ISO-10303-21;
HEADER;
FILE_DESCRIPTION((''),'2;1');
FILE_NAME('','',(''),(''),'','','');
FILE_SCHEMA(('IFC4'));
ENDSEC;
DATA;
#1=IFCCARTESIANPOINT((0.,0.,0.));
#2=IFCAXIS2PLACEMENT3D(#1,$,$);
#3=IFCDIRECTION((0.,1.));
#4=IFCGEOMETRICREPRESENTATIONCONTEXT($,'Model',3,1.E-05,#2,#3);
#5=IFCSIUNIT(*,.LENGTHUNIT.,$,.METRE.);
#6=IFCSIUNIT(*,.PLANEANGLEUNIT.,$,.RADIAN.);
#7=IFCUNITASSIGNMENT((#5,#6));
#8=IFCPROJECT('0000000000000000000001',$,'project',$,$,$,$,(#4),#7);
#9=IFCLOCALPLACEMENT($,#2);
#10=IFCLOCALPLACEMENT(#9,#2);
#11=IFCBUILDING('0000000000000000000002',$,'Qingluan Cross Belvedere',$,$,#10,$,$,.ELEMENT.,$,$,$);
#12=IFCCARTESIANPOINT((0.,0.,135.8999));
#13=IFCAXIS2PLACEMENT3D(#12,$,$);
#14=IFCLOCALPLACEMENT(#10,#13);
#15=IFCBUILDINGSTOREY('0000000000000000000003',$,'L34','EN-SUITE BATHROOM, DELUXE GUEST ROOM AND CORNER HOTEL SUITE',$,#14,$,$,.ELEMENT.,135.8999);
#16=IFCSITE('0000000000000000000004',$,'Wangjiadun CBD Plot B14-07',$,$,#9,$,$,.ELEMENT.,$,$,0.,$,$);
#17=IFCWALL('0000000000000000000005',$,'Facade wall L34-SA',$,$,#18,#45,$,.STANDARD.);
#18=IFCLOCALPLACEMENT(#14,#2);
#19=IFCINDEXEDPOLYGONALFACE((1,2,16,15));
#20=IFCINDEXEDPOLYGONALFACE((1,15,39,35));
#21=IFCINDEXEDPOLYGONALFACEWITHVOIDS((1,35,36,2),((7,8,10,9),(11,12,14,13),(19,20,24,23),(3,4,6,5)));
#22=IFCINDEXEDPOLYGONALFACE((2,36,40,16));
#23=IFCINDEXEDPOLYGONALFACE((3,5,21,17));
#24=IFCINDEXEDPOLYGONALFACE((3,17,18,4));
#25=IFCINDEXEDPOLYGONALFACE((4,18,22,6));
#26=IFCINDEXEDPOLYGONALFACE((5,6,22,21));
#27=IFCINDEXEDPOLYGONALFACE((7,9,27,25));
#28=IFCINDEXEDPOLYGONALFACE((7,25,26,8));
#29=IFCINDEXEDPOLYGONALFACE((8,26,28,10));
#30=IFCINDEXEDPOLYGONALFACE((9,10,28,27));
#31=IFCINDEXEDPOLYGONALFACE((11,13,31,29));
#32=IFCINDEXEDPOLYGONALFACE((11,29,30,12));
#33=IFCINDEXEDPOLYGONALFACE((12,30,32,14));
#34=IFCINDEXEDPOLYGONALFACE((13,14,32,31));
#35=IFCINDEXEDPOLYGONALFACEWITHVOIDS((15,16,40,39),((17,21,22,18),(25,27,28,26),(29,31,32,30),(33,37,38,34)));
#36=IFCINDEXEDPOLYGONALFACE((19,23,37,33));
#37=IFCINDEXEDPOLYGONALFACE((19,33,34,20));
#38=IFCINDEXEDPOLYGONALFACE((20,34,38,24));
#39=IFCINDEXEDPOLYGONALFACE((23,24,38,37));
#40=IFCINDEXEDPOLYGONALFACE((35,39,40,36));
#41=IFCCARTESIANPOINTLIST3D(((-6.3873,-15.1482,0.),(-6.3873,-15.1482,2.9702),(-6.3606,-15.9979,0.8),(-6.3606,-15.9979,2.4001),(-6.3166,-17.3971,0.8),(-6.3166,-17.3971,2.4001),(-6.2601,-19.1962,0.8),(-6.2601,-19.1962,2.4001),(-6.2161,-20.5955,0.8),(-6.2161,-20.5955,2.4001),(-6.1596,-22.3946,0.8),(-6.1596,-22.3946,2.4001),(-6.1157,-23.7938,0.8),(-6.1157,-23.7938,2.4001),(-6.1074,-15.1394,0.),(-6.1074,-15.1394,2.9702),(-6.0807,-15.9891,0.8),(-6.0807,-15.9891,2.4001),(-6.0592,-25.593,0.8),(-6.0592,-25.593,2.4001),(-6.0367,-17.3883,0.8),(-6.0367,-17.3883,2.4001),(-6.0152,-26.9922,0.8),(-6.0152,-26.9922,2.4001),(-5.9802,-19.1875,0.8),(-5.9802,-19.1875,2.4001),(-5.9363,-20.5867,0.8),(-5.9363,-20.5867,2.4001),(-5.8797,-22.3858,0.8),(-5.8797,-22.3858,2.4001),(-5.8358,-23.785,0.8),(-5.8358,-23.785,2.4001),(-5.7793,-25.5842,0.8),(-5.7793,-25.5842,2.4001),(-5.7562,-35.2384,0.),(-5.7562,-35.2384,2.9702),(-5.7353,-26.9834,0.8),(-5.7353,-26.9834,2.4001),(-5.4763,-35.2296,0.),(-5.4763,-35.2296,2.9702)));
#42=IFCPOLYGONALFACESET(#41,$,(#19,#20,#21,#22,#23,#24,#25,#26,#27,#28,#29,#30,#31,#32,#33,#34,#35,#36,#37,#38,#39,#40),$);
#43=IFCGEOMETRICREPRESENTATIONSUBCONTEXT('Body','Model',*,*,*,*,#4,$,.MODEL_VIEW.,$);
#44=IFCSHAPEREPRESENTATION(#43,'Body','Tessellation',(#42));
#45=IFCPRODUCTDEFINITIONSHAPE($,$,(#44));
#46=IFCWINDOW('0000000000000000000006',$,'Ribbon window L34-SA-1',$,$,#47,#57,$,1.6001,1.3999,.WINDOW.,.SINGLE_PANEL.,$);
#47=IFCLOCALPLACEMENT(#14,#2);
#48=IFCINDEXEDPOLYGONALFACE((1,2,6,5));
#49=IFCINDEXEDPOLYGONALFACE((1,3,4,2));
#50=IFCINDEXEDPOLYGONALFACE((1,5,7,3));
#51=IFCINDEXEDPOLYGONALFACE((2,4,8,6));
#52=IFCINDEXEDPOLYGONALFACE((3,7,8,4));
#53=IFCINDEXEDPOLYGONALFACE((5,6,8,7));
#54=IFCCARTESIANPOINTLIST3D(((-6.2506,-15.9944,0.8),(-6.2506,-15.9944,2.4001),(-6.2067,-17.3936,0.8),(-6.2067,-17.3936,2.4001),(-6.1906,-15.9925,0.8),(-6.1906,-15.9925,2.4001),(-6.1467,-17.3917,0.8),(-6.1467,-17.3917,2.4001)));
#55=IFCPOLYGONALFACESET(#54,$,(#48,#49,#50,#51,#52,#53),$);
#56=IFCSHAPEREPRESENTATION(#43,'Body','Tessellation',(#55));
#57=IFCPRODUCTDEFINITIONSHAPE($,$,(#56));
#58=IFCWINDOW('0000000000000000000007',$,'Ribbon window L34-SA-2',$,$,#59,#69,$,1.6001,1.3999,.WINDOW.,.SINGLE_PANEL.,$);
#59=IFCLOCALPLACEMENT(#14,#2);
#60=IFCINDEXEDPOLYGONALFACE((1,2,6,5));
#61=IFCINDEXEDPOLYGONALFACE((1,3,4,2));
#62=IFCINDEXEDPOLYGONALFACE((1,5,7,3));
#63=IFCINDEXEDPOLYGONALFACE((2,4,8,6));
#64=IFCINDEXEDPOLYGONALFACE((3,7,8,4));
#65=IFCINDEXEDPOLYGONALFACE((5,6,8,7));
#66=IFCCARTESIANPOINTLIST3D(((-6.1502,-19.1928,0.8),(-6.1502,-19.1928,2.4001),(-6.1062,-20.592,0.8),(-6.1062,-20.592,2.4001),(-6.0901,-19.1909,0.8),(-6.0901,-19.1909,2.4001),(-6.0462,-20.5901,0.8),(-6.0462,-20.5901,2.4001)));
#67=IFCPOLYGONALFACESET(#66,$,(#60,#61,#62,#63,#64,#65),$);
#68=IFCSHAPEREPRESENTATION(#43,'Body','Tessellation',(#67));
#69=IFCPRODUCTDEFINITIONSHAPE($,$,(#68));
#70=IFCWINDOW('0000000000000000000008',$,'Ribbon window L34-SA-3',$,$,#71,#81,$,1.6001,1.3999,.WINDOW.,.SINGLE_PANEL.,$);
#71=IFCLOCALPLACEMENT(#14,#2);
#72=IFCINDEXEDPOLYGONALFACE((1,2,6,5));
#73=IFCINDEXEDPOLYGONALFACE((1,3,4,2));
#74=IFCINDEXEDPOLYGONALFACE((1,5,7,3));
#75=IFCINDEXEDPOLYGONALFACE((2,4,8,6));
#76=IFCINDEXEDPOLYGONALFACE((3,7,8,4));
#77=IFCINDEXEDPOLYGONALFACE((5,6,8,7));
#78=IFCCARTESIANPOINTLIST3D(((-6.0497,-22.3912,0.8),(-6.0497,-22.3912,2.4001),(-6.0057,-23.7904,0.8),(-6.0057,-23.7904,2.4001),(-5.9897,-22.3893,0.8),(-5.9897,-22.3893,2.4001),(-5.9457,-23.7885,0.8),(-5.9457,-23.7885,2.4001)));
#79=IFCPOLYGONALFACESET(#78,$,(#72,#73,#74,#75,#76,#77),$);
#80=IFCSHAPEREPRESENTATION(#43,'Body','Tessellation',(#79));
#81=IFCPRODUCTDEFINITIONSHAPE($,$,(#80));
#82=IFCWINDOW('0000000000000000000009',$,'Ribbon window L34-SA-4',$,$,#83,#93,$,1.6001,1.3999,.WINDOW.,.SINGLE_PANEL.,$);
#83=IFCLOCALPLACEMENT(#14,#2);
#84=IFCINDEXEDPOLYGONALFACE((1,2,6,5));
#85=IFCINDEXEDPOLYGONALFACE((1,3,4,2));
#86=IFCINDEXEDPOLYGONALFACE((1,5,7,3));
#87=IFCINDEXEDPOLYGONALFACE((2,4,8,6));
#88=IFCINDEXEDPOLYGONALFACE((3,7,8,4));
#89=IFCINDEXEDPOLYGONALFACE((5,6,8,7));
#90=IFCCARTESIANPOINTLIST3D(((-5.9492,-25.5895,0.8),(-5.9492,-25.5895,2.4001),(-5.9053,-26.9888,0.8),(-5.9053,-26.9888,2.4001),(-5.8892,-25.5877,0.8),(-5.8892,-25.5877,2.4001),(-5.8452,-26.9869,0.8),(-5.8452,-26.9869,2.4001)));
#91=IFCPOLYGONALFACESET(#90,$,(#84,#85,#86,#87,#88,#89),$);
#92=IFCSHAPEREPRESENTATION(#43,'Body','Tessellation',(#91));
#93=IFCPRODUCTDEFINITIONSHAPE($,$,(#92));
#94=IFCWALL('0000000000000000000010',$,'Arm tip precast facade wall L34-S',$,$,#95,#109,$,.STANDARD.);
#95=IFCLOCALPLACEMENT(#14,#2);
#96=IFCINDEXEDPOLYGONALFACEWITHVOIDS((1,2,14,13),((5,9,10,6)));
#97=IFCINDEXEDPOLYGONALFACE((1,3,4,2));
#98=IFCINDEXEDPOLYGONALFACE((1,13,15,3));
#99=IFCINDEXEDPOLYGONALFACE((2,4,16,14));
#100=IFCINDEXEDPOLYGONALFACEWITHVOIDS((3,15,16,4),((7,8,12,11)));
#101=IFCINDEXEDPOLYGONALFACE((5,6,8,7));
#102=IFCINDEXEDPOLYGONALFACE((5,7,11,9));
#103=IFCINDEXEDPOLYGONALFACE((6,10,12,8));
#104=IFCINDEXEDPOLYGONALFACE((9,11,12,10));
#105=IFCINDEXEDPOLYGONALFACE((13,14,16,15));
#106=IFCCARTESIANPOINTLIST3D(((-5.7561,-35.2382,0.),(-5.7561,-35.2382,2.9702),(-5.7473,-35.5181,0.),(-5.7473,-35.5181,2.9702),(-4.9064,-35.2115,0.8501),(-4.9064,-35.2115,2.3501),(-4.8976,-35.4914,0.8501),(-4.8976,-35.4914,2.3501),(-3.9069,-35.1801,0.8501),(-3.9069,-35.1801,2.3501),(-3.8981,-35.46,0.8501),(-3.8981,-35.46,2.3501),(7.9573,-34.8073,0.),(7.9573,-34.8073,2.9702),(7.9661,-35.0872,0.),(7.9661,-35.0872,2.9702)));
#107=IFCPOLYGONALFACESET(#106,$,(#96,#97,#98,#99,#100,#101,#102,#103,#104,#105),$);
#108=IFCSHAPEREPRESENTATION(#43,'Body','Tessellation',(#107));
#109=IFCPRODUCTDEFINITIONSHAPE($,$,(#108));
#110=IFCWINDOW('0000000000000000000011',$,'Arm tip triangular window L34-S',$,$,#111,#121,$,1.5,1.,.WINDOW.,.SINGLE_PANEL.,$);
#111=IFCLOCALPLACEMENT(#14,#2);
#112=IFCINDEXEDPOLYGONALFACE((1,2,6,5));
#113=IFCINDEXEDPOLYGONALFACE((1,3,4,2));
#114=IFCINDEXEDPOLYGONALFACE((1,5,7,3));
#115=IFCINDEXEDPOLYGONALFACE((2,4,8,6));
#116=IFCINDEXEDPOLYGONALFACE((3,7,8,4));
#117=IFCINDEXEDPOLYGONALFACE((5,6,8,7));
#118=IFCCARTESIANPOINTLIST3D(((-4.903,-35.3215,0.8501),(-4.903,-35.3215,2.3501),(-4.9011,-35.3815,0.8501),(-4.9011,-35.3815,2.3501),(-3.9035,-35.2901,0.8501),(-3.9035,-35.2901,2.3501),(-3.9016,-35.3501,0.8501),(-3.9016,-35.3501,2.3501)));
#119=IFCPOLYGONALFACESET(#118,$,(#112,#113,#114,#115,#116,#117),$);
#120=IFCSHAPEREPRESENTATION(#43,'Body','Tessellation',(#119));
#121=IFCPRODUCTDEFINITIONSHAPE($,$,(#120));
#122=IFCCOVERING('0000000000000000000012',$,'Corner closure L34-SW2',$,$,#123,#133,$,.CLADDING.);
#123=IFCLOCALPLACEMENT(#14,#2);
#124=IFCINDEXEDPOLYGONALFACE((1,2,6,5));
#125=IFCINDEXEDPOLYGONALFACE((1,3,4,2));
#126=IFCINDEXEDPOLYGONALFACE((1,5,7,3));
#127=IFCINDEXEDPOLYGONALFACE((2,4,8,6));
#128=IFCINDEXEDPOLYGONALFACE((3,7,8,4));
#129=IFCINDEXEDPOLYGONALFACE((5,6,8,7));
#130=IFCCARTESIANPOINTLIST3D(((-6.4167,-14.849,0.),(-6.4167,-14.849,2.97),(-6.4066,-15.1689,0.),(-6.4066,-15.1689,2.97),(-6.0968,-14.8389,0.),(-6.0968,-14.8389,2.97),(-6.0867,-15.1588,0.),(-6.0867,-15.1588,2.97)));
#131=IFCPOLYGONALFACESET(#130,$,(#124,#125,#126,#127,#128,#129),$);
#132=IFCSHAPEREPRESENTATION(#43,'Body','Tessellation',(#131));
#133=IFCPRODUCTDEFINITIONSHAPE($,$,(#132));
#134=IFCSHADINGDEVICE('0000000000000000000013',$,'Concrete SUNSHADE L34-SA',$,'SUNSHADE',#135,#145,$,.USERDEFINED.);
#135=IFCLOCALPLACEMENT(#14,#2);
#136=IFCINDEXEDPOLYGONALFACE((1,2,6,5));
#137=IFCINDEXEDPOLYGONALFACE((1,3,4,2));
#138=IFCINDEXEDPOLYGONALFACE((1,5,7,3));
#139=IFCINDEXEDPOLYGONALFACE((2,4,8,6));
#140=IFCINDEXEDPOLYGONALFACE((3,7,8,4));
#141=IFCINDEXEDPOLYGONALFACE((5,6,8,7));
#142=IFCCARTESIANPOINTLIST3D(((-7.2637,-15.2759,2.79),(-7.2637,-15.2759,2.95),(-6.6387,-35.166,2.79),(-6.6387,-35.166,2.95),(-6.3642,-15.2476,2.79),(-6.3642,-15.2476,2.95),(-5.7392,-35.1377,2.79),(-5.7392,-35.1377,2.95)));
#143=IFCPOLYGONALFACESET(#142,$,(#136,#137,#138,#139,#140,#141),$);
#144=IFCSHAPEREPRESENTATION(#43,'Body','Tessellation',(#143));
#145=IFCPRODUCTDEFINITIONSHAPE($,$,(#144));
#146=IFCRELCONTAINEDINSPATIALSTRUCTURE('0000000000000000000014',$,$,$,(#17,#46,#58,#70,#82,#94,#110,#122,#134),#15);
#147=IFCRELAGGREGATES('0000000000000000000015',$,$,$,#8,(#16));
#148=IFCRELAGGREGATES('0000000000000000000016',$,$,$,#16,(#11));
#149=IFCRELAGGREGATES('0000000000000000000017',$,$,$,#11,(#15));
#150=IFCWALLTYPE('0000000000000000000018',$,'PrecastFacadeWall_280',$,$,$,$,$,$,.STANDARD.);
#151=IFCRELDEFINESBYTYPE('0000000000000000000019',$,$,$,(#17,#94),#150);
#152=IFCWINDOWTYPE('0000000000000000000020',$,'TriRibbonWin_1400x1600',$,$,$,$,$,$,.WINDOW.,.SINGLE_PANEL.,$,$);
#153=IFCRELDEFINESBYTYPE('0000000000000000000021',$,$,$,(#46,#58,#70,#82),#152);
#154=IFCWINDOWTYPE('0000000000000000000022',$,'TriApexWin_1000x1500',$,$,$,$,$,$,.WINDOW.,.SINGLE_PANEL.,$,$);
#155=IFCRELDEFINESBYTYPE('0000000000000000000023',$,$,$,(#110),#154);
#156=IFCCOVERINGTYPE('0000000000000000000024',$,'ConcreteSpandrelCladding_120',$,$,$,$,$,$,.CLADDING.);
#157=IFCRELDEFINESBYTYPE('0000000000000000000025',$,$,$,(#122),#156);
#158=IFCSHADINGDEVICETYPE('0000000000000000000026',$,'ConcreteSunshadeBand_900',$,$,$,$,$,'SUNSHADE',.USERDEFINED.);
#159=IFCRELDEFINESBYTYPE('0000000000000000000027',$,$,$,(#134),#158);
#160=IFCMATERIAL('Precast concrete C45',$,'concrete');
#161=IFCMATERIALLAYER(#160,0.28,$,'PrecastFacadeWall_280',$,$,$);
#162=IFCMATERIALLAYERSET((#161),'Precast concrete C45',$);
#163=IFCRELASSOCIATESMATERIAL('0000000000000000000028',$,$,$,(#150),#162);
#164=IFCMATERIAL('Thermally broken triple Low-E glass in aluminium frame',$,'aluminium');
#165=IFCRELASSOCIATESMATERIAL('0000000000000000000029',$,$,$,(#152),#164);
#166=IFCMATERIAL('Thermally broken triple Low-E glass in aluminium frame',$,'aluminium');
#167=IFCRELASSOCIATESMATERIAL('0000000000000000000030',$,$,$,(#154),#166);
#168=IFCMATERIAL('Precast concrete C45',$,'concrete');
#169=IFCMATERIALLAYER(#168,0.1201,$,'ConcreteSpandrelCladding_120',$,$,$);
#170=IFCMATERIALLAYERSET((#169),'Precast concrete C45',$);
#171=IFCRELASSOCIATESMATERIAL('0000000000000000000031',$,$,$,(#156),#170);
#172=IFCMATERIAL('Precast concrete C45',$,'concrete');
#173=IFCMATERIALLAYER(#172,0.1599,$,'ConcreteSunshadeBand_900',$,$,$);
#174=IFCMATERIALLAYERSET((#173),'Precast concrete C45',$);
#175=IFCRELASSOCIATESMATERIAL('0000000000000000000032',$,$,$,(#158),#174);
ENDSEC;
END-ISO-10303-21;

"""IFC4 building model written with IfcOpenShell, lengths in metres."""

from ifc_helpers import new_model, si_unit, direction, frame, frame_2d, origin, origin_2d, place, context, subcontext, project, spatial, rectangle, extrude, material, layer, layer_set, type_object, element, fill, save


model = new_model("IFC4")

# Units and contexts
model_context = context("Model", 3, precision=1e-05, world=origin(), true_north=direction((0.0, 1.0)))
body_context = subcontext(model_context, "Body", "Model", "MODEL_VIEW")
ifc_project = project(units=[si_unit("LENGTHUNIT", "METRE"), si_unit("PLANEANGLEUNIT", "RADIAN")], contexts=[model_context])

# Site, building, storey
site_placement = place(None, origin())
site = spatial("IfcSite", under=ifc_project, at=site_placement, Name="Wangjiadun CBD Plot B14-07", CompositionType="ELEMENT", RefElevation=0.0)
building_placement = place(site_placement, origin())
building = spatial("IfcBuilding", under=site, at=building_placement, Name="Qingluan Cross Belvedere", CompositionType="ELEMENT")
storey_placement = place(building_placement, frame((0.0, 0.0, 135.8999)))
storey = spatial("IfcBuildingStorey", under=building, at=storey_placement, Name="L34", Description="EN-SUITE BATHROOM, DELUXE GUEST ROOM AND CORNER HOTEL SUITE", CompositionType="ELEMENT", Elevation=135.8999)

# Wall, openings, windows
ifc_material_1 = material(Name="Precast concrete C45", Category="concrete")
ifc_layer_1 = layer(ifc_material_1, 0.28, Name="PrecastFacadeWall_280")
ifc_layer_set_1 = layer_set([ifc_layer_1], Name="Precast concrete C45")
wall_type_1 = type_object("IfcWallType", Name="PrecastFacadeWall_280", PredefinedType="STANDARD", material=ifc_layer_set_1)
wall_1_placement = place(storey_placement, frame((-6.2473, -15.1438, 0.0), z_axis=(0.0, 0.0, 1.0), x_axis=(0.031398, -0.999507, 0.0)))
wall_1 = element("IfcWall", 1, at=wall_1_placement, inside=storey, type_object=wall_type_1, Name="Facade wall L34-SA", PredefinedType="STANDARD", context=body_context, shape_type="SweptSolid", body=[
    extrude(rectangle(XDim=20.1001, YDim=0.28, at=frame_2d((10.05, 0.0))), origin(), (0.0, 0.0, 1.0), 2.9702),
])
opening_1_placement = place(wall_1_placement, frame((0.8501, 0.0, 0.8)))
opening_1 = element("IfcOpeningElement", 2, at=opening_1_placement, cuts=wall_1, PredefinedType="OPENING", context=body_context, shape_type="SweptSolid", body=[
    extrude(rectangle(XDim=1.3999, YDim=1.6001, at=frame_2d((0.7, 0.8))), frame((0.0, 0.1499, 0.0), z_axis=(0.0, -1.0, 0.0), x_axis=(1.0, 0.0, 0.0)), (0.0, 0.0, 1.0), 0.3),
])
opening_2_placement = place(wall_1_placement, frame((4.05, 0.0, 0.8)))
opening_2 = element("IfcOpeningElement", 3, at=opening_2_placement, cuts=wall_1, PredefinedType="OPENING", context=body_context, shape_type="SweptSolid", body=[
    extrude(rectangle(XDim=1.3999, YDim=1.6001, at=frame_2d((0.7, 0.8))), frame((0.0, 0.1499, 0.0), z_axis=(0.0, -1.0, 0.0), x_axis=(1.0, 0.0, 0.0)), (0.0, 0.0, 1.0), 0.3),
])
opening_3_placement = place(wall_1_placement, frame((7.25, 0.0, 0.8)))
opening_3 = element("IfcOpeningElement", 4, at=opening_3_placement, cuts=wall_1, PredefinedType="OPENING", context=body_context, shape_type="SweptSolid", body=[
    extrude(rectangle(XDim=1.3999, YDim=1.6001, at=frame_2d((0.7, 0.8))), frame((0.0, 0.1499, 0.0), z_axis=(0.0, -1.0, 0.0), x_axis=(1.0, 0.0, 0.0)), (0.0, 0.0, 1.0), 0.3),
])
opening_4_placement = place(wall_1_placement, frame((10.45, 0.0, 0.8)))
opening_4 = element("IfcOpeningElement", 5, at=opening_4_placement, cuts=wall_1, PredefinedType="OPENING", context=body_context, shape_type="SweptSolid", body=[
    extrude(rectangle(XDim=1.3999, YDim=1.6001, at=frame_2d((0.7, 0.8))), frame((0.0, 0.1499, 0.0), z_axis=(0.0, -1.0, 0.0), x_axis=(1.0, 0.0, 0.0)), (0.0, 0.0, 1.0), 0.3),
])
ifc_material_2 = material(Name="Thermally broken triple Low-E glass in aluminium frame", Category="aluminium")
window_type_1 = type_object("IfcWindowType", Name="TriRibbonWin_1400x1600", PartitioningType="SINGLE_PANEL", PredefinedType="WINDOW", material=ifc_material_2)
window_1_placement = place(opening_1_placement, origin())
window_1 = element("IfcWindow", 6, at=window_1_placement, inside=storey, type_object=window_type_1, Name="Ribbon window L34-SA-1", OverallHeight=1.6001, OverallWidth=1.3999, PartitioningType="SINGLE_PANEL", PredefinedType="WINDOW", context=body_context, shape_type="SweptSolid", body=[
    extrude(rectangle(XDim=1.3999, YDim=1.6001, at=frame_2d((0.7, 0.8))), frame((0.0, 0.03, 0.0), z_axis=(0.0, -1.0, 0.0), x_axis=(1.0, 0.0, 0.0)), (0.0, 0.0, 1.0), 0.0601),
])
fill(opening_1, window_1)
window_2_placement = place(opening_2_placement, origin())
window_2 = element("IfcWindow", 7, at=window_2_placement, inside=storey, type_object=window_type_1, Name="Ribbon window L34-SA-2", OverallHeight=1.6001, OverallWidth=1.3999, PartitioningType="SINGLE_PANEL", PredefinedType="WINDOW", context=body_context, shape_type="SweptSolid", body=[
    extrude(rectangle(XDim=1.3999, YDim=1.6001, at=frame_2d((0.7, 0.8))), frame((0.0, 0.03, 0.0), z_axis=(0.0, -1.0, 0.0), x_axis=(1.0, 0.0, 0.0)), (0.0, 0.0, 1.0), 0.0601),
])
fill(opening_2, window_2)
window_3_placement = place(opening_3_placement, origin())
window_3 = element("IfcWindow", 8, at=window_3_placement, inside=storey, type_object=window_type_1, Name="Ribbon window L34-SA-3", OverallHeight=1.6001, OverallWidth=1.3999, PartitioningType="SINGLE_PANEL", PredefinedType="WINDOW", context=body_context, shape_type="SweptSolid", body=[
    extrude(rectangle(XDim=1.3999, YDim=1.6001, at=frame_2d((0.7, 0.8))), frame((0.0, 0.03, 0.0), z_axis=(0.0, -1.0, 0.0), x_axis=(1.0, 0.0, 0.0)), (0.0, 0.0, 1.0), 0.0601),
])
fill(opening_3, window_3)
window_4_placement = place(opening_4_placement, origin())
window_4 = element("IfcWindow", 9, at=window_4_placement, inside=storey, type_object=window_type_1, Name="Ribbon window L34-SA-4", OverallHeight=1.6001, OverallWidth=1.3999, PartitioningType="SINGLE_PANEL", PredefinedType="WINDOW", context=body_context, shape_type="SweptSolid", body=[
    extrude(rectangle(XDim=1.3999, YDim=1.6001, at=frame_2d((0.7, 0.8))), frame((0.0, 0.03, 0.0), z_axis=(0.0, -1.0, 0.0), x_axis=(1.0, 0.0, 0.0)), (0.0, 0.0, 1.0), 0.0601),
])
fill(opening_4, window_4)

# Wall, opening, window
wall_2_placement = place(storey_placement, frame((-5.7517, -35.3782, 0.0), z_axis=(0.0, 0.0, 1.0), x_axis=(0.999507, 0.031407, 0.0)))
wall_2 = element("IfcWall", 10, at=wall_2_placement, inside=storey, type_object=wall_type_1, Name="Arm tip precast facade wall L34-S", PredefinedType="STANDARD", context=body_context, shape_type="SweptSolid", body=[
    extrude(rectangle(XDim=13.7202, YDim=0.28, at=frame_2d((6.8601, 0.0))), origin(), (0.0, 0.0, 1.0), 2.9702),
])
opening_5_placement = place(wall_2_placement, frame((0.8501, 0.0, 0.8501)))
opening_5 = element("IfcOpeningElement", 11, at=opening_5_placement, cuts=wall_2, PredefinedType="OPENING", context=body_context, shape_type="SweptSolid", body=[
    extrude(rectangle(XDim=1.0, YDim=1.5, at=frame_2d((0.5, 0.75))), frame((0.0, 0.1499, 0.0), z_axis=(0.0, -1.0, 0.0), x_axis=(1.0, 0.0, 0.0)), (0.0, 0.0, 1.0), 0.3),
])
ifc_material_3 = material(Name="Thermally broken triple Low-E glass in aluminium frame", Category="aluminium")
window_type_2 = type_object("IfcWindowType", Name="TriApexWin_1000x1500", PartitioningType="SINGLE_PANEL", PredefinedType="WINDOW", material=ifc_material_3)
window_5_placement = place(opening_5_placement, origin())
window_5 = element("IfcWindow", 12, at=window_5_placement, inside=storey, type_object=window_type_2, Name="Arm tip triangular window L34-S", OverallHeight=1.5, OverallWidth=1.0, PartitioningType="SINGLE_PANEL", PredefinedType="WINDOW", context=body_context, shape_type="SweptSolid", body=[
    extrude(rectangle(XDim=1.0, YDim=1.5, at=frame_2d((0.5, 0.75))), frame((0.0, 0.03, 0.0), z_axis=(0.0, -1.0, 0.0), x_axis=(1.0, 0.0, 0.0)), (0.0, 0.0, 1.0), 0.0601),
])
fill(opening_5, window_5)

# Covering
ifc_material_4 = material(Name="Precast concrete C45", Category="concrete")
ifc_layer_2 = layer(ifc_material_4, 0.1201, Name="ConcreteSpandrelCladding_120")
ifc_layer_set_2 = layer_set([ifc_layer_2], Name="Precast concrete C45")
covering_type = type_object("IfcCoveringType", Name="ConcreteSpandrelCladding_120", PredefinedType="CLADDING", material=ifc_layer_set_2)
covering_placement = place(storey_placement, frame((-6.2517, -15.0039, 0.0), z_axis=(0.0, 0.0, 1.0), x_axis=(0.999507, 0.031411, 0.0)))
element("IfcCovering", 13, at=covering_placement, inside=storey, type_object=covering_type, Name="Corner closure L34-SW2", PredefinedType="CLADDING", context=body_context, shape_type="SweptSolid", body=[
    extrude(rectangle(XDim=0.3201, YDim=0.3201, at=origin_2d()), origin(), (0.0, 0.0, 1.0), 2.97),
])

# Shading device
ifc_material_5 = material(Name="Precast concrete C45", Category="concrete")
ifc_layer_3 = layer(ifc_material_5, 0.1599, Name="ConcreteSunshadeBand_900")
ifc_layer_set_3 = layer_set([ifc_layer_3], Name="Precast concrete C45")
shading_device_type = type_object("IfcShadingDeviceType", Name="ConcreteSunshadeBand_900", ElementType="SUNSHADE", PredefinedType="USERDEFINED", material=ifc_layer_set_3)
shading_device_placement = place(storey_placement, frame((-6.5015, -25.2068, 2.79), z_axis=(0.0, 0.0, 1.0), x_axis=(0.031408, -0.999507, 0.0)))
element("IfcShadingDevice", 14, at=shading_device_placement, inside=storey, type_object=shading_device_type, Name="Concrete SUNSHADE L34-SA", ObjectType="SUNSHADE", PredefinedType="USERDEFINED", context=body_context, shape_type="SweptSolid", body=[
    extrude(rectangle(XDim=19.8999, YDim=0.8999, at=origin_2d()), origin(), (0.0, 0.0, 1.0), 0.1599),
])

save(model, "model.ifc")
